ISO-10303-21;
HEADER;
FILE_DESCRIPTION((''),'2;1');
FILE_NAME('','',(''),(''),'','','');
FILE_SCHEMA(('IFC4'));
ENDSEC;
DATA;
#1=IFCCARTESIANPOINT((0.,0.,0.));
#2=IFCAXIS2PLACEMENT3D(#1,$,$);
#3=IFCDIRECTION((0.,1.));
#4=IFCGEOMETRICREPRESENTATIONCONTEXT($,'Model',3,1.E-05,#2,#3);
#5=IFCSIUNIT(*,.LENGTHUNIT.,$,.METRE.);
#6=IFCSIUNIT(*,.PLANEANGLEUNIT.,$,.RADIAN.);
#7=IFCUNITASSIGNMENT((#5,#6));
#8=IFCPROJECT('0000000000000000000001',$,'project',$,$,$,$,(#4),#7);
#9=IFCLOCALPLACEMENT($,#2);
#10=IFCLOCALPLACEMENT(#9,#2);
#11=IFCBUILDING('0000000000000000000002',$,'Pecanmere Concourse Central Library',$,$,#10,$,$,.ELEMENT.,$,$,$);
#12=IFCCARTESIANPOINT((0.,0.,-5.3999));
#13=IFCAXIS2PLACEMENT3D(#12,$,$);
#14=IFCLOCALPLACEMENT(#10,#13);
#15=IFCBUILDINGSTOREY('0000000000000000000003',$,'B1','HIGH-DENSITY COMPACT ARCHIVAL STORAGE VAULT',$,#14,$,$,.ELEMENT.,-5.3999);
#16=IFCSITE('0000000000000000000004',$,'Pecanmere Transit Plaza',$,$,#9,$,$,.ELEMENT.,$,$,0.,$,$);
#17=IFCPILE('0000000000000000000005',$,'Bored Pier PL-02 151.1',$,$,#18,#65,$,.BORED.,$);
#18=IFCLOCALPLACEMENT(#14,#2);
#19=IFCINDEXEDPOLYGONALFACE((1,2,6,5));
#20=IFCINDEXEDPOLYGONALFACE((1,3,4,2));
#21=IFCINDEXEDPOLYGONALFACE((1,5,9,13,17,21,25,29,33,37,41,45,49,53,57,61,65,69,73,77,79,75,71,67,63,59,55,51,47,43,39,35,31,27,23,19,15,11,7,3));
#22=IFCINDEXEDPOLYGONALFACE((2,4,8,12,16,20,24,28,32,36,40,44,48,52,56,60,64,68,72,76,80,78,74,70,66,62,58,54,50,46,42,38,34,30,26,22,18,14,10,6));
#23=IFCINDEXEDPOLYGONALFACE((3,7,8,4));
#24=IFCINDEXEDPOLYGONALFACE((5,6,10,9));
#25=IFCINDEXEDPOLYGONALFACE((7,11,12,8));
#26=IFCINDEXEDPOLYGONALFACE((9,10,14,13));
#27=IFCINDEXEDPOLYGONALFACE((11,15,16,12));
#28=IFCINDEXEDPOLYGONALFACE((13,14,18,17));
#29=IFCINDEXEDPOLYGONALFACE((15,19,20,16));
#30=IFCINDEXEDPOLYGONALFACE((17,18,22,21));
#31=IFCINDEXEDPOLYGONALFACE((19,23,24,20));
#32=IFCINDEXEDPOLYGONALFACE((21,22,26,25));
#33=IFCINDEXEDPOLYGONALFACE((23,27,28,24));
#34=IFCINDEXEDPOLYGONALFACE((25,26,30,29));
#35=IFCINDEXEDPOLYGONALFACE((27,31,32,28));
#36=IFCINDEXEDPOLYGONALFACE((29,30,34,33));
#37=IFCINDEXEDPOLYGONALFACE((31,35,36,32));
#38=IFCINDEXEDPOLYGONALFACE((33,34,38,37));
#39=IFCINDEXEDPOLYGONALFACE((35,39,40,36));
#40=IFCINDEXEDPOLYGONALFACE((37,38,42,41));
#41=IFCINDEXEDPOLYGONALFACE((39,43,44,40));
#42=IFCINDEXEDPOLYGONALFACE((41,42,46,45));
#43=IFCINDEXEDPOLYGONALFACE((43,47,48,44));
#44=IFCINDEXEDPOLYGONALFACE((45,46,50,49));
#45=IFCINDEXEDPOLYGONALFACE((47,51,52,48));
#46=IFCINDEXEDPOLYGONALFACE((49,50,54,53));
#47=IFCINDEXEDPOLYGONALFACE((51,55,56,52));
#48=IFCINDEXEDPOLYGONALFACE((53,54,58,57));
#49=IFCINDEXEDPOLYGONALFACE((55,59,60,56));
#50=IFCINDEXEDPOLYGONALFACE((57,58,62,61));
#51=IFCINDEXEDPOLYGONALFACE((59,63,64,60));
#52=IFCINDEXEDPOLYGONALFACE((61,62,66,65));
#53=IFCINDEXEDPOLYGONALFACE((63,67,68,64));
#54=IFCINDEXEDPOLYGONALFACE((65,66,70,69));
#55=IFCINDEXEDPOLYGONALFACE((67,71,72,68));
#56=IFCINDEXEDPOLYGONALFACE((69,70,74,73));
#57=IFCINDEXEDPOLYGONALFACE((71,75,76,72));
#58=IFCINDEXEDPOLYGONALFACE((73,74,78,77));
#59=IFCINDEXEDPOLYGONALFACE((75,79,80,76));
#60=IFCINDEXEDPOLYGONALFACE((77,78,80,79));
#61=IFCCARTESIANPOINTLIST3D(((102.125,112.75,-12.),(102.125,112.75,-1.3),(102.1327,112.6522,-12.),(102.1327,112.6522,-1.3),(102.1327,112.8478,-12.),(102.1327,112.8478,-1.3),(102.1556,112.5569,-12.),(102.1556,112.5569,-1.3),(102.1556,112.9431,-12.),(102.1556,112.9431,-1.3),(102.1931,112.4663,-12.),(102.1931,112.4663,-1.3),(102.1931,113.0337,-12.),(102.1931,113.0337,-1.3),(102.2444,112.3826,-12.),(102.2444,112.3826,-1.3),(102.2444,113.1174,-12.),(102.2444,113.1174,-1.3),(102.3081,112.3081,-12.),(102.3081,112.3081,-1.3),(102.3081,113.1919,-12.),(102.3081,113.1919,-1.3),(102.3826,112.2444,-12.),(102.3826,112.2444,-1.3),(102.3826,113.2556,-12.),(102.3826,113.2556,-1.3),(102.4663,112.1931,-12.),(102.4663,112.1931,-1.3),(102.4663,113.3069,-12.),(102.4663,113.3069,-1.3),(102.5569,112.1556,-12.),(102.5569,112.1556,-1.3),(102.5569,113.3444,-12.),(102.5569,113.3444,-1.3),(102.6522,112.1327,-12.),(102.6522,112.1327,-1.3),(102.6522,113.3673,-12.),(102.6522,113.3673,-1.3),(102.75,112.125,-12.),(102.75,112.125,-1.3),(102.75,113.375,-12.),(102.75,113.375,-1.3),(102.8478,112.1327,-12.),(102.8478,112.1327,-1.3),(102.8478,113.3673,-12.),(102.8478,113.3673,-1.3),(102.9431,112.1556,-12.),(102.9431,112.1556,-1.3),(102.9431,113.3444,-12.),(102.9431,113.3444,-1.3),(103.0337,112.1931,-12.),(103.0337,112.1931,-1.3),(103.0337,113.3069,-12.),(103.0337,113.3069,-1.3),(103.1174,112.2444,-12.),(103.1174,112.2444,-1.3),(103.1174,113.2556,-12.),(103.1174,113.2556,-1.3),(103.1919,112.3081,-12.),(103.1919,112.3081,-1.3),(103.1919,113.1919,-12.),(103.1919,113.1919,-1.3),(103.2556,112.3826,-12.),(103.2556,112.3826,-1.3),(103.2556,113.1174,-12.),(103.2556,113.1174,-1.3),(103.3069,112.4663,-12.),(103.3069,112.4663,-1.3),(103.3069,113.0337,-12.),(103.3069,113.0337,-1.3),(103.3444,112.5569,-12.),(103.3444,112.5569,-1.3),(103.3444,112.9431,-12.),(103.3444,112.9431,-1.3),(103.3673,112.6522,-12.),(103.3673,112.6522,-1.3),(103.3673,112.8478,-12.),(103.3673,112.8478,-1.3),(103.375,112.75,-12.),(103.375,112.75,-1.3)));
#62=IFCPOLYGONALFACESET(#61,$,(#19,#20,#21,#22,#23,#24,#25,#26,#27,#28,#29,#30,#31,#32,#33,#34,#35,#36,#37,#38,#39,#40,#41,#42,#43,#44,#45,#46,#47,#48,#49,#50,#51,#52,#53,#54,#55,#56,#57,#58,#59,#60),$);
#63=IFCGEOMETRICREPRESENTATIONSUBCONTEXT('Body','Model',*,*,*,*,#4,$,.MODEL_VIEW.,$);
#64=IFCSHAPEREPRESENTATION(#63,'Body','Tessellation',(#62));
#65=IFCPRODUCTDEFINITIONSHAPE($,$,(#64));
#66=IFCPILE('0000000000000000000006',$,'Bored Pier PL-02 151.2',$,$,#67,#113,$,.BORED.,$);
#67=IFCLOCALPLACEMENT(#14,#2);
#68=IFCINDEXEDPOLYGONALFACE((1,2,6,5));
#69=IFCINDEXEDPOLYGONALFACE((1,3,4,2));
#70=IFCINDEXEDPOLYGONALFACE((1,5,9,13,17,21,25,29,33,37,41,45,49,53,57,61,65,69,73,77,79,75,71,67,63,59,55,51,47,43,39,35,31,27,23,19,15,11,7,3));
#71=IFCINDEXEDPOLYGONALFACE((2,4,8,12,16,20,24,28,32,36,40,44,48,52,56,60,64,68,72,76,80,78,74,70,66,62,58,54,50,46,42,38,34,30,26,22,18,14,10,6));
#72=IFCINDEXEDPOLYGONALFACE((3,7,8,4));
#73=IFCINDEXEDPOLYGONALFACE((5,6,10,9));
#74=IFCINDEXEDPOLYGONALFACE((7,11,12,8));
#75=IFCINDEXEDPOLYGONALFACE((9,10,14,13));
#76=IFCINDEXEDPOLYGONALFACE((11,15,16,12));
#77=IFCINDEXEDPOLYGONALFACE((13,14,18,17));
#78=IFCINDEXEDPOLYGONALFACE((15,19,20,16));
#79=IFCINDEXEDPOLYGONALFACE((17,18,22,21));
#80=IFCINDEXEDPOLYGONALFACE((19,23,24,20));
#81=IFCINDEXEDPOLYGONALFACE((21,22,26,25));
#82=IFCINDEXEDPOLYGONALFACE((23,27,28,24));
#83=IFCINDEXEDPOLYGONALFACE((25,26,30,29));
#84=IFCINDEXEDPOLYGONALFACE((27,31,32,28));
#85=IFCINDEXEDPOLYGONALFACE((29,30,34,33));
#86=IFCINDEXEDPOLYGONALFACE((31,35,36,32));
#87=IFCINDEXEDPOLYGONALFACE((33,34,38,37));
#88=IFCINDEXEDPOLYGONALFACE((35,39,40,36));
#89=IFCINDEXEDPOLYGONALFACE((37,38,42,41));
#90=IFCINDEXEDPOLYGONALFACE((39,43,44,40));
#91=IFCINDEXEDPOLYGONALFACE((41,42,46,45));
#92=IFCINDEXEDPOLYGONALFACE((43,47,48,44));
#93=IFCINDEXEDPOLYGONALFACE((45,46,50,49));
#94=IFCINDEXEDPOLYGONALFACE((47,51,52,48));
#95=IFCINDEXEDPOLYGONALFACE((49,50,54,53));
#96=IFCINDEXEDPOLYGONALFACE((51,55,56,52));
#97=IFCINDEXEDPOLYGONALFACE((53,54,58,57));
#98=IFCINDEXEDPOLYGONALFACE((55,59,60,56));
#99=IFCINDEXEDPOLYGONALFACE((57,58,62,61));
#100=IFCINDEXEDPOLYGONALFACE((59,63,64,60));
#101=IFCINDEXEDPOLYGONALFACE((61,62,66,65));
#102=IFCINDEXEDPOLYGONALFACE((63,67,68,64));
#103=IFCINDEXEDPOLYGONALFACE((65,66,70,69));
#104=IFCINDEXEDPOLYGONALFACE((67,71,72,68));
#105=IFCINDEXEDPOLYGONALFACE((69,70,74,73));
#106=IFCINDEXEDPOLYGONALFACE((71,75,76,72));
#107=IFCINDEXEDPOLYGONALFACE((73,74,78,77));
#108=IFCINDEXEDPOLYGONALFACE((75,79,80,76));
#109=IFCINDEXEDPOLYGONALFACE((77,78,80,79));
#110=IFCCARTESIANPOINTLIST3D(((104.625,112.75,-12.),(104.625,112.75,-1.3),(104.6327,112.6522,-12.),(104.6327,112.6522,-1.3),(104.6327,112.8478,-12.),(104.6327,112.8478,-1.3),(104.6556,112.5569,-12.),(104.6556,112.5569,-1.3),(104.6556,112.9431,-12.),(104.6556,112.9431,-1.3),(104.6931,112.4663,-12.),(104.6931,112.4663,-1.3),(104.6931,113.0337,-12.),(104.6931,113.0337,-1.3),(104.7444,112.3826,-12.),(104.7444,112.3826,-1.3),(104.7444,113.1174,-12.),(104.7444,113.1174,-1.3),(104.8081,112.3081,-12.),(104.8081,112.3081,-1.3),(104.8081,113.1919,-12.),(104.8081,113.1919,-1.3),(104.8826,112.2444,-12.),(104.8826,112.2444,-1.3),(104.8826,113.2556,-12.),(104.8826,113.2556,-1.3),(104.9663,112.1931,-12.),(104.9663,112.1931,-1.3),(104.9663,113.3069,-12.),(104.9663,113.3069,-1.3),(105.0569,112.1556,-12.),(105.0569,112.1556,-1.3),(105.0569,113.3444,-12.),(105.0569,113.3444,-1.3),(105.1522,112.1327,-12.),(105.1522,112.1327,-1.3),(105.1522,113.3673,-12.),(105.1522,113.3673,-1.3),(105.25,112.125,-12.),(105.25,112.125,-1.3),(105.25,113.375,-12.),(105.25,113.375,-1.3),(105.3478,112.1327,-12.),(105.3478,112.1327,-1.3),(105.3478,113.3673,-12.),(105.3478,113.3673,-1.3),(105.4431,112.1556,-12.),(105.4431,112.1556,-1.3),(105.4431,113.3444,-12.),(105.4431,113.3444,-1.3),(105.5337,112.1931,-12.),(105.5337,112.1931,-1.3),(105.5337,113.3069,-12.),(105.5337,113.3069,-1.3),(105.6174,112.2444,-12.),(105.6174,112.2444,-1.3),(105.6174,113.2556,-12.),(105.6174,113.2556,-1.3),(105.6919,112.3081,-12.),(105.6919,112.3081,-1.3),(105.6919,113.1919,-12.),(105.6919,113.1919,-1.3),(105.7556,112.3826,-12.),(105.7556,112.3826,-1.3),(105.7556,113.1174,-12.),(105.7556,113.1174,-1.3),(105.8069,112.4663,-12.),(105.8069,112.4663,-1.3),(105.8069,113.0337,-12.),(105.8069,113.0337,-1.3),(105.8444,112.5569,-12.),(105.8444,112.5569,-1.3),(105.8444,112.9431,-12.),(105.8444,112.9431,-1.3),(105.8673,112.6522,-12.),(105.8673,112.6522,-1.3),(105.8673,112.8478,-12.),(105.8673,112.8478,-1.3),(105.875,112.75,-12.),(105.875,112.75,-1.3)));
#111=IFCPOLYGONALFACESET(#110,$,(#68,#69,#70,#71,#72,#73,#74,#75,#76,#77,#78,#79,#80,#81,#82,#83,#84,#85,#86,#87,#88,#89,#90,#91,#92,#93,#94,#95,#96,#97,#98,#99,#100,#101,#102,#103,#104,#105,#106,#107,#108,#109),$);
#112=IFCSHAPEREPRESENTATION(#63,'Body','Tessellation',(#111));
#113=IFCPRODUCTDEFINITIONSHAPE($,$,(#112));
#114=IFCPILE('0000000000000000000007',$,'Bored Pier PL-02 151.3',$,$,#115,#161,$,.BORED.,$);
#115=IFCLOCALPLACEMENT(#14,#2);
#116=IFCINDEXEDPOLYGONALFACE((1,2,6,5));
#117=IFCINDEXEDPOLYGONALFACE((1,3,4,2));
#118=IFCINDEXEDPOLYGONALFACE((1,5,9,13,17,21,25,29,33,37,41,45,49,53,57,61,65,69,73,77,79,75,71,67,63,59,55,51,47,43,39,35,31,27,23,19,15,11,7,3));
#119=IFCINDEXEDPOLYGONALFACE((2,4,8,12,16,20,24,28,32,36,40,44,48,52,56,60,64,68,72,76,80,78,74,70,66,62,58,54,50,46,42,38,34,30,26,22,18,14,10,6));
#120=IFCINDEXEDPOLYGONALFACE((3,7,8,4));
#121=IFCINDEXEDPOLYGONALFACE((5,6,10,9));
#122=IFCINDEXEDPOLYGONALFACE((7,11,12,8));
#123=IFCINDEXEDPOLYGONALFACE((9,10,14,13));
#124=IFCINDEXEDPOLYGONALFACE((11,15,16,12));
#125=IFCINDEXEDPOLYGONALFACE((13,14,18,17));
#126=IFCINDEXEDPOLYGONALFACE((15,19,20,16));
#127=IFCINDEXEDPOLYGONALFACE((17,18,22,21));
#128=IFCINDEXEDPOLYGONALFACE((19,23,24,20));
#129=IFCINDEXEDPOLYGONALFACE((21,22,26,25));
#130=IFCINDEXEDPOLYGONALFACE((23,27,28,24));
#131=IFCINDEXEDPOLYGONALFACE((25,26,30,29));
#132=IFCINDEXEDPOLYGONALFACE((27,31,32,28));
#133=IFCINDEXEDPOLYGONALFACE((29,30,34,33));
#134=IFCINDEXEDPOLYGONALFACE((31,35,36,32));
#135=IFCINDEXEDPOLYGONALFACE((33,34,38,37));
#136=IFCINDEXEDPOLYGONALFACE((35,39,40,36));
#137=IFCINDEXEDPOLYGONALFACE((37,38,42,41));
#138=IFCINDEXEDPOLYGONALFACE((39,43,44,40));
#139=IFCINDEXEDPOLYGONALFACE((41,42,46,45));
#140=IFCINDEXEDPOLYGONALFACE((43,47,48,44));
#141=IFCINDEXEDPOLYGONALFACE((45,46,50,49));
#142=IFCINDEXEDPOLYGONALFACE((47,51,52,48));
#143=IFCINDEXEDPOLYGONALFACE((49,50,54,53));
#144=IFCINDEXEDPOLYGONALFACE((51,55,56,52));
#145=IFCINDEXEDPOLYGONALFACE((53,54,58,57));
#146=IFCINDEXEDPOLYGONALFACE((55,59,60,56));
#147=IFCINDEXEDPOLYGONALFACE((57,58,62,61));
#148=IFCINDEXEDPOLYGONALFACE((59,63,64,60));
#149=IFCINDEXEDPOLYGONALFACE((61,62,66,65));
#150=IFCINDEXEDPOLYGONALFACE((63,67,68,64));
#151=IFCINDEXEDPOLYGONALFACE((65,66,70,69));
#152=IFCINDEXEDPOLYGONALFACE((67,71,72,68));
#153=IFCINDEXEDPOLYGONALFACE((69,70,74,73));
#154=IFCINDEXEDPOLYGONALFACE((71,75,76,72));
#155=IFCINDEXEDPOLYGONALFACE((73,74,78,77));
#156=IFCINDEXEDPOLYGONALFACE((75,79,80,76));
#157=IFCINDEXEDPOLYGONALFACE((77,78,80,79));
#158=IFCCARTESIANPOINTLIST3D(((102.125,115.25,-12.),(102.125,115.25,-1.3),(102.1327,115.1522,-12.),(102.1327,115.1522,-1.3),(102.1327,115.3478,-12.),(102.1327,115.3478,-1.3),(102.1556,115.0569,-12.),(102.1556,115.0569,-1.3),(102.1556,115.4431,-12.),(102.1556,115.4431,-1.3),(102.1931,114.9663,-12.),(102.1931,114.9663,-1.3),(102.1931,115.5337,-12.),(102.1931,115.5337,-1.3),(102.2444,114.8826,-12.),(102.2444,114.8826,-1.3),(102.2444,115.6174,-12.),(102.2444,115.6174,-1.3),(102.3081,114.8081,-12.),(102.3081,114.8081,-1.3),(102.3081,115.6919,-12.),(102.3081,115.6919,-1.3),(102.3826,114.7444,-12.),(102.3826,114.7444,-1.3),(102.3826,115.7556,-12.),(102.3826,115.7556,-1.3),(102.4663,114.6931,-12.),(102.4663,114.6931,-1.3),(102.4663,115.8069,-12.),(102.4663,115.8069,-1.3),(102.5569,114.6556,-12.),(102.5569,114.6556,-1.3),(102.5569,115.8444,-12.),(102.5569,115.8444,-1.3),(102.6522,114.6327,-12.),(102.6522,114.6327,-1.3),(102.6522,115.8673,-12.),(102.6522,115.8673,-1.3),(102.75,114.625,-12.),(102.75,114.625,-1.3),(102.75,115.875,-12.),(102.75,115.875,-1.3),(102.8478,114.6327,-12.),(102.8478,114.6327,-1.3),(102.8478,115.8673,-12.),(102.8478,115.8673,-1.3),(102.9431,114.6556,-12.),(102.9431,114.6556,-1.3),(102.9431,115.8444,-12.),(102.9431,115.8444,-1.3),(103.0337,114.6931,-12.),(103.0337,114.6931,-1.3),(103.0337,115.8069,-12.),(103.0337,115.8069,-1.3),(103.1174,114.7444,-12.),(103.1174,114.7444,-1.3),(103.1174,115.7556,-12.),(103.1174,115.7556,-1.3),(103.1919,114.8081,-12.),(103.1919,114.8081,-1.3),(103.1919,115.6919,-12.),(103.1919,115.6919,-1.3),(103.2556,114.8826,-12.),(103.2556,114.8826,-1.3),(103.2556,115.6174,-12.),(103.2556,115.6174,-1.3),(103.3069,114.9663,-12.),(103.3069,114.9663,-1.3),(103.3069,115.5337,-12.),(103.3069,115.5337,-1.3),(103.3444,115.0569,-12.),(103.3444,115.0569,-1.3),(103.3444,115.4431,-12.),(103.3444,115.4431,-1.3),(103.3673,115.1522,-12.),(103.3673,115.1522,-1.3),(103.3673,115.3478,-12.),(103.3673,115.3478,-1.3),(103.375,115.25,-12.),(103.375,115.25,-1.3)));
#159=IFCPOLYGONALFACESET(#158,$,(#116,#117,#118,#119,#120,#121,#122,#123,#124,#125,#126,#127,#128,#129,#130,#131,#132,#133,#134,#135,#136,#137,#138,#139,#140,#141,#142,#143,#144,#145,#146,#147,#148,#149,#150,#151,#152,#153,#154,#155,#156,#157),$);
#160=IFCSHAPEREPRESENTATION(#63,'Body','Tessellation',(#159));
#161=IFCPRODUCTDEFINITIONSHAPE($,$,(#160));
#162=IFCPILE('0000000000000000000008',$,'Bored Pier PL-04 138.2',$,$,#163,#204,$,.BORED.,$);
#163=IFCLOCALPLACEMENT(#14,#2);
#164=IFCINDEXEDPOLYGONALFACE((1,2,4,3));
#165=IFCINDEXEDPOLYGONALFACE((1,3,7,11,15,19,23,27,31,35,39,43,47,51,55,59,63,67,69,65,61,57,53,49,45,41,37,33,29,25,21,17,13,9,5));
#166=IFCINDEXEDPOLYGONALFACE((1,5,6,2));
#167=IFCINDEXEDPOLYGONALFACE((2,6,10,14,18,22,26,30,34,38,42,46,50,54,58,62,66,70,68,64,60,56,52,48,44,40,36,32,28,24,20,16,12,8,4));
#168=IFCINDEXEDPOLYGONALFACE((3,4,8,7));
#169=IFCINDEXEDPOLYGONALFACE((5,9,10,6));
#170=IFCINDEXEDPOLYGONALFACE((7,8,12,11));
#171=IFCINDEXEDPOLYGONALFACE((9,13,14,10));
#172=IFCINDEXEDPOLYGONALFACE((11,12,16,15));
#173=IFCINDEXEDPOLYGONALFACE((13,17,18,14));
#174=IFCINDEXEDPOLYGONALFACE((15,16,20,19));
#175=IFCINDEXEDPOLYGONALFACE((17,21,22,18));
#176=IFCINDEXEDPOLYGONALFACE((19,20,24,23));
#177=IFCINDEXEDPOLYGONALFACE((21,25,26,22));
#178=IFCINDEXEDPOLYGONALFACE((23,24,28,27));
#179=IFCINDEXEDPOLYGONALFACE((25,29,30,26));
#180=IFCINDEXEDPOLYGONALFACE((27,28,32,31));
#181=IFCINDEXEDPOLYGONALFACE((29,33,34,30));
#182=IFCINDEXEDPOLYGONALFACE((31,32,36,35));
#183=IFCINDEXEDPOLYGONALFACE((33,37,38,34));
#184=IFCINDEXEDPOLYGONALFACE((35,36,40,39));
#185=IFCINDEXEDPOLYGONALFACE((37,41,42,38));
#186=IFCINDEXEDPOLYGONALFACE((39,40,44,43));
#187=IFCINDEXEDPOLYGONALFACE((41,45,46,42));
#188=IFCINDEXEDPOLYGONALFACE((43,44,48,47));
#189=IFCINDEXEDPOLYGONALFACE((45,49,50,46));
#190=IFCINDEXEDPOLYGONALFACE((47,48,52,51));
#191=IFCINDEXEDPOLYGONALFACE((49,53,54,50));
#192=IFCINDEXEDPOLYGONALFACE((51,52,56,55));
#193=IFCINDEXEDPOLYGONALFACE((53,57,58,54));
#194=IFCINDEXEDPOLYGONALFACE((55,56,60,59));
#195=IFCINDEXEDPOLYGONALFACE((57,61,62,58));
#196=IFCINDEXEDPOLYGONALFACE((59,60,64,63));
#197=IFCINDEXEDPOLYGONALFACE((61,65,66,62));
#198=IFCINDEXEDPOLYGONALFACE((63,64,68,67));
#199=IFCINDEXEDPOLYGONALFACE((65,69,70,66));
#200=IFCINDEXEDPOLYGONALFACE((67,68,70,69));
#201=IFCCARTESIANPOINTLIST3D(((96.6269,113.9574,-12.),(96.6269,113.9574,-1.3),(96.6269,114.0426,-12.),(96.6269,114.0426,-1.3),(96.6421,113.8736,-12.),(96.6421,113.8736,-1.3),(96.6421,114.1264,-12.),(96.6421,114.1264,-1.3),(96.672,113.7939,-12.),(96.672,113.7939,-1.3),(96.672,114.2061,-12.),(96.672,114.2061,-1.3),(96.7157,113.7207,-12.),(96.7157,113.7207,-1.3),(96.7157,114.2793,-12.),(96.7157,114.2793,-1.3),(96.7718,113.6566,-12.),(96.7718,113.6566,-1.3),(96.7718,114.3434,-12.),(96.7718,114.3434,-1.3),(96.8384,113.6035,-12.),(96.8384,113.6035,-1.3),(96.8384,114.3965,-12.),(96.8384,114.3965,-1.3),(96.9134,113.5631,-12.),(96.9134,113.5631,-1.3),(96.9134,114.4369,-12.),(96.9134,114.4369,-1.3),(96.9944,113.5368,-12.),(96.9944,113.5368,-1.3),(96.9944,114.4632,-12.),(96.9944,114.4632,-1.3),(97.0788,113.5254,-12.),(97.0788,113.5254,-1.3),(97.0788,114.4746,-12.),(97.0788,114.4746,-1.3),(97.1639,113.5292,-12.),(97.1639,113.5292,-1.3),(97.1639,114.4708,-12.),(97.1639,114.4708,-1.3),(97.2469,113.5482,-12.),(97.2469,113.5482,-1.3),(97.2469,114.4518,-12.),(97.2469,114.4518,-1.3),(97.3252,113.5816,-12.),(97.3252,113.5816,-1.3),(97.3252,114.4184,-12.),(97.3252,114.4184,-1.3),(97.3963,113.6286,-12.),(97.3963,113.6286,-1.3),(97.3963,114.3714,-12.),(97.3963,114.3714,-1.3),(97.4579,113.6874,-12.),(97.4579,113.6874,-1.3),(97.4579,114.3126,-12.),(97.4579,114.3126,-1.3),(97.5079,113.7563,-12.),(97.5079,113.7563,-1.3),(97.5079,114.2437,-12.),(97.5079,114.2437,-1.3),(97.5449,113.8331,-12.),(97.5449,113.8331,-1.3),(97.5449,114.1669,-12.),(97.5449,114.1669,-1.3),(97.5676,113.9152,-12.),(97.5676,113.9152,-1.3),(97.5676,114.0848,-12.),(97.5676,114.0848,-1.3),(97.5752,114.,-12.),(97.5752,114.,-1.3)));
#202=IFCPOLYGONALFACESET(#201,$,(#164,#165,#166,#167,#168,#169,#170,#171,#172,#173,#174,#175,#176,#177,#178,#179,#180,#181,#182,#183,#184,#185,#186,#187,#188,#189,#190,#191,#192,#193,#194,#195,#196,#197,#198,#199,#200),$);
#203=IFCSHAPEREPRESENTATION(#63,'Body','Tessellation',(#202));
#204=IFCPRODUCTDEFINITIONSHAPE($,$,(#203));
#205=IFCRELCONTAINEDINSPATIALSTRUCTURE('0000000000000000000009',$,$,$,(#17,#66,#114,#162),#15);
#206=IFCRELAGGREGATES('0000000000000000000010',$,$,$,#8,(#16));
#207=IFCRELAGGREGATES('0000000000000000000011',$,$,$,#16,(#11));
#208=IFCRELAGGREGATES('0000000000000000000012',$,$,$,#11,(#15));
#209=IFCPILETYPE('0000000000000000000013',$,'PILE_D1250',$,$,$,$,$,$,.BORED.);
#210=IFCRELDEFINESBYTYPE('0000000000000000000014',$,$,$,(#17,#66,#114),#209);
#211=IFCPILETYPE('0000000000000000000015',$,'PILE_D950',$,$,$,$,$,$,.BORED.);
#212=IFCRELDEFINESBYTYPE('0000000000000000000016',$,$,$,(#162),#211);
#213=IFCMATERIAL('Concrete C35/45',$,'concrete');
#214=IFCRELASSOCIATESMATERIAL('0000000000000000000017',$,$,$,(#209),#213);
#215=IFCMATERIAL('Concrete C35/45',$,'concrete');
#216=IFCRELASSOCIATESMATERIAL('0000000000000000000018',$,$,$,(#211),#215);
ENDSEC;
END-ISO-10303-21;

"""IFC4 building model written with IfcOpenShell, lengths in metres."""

from ifc_helpers import new_model, si_unit, direction, frame, origin, origin_2d, place, context, subcontext, project, spatial, circle, extrude, material, material_profile, profile_set, type_object, element, save


model = new_model("IFC4")

# Units and contexts
model_context = context("Model", 3, precision=1e-05, world=origin(), true_north=direction((0.0, 1.0)))
body_context = subcontext(model_context, "Body", "Model", "MODEL_VIEW")
ifc_project = project(units=[si_unit("LENGTHUNIT", "METRE"), si_unit("PLANEANGLEUNIT", "RADIAN")], contexts=[model_context])

# Site, building, storey
site_placement = place(None, origin())
site = spatial("IfcSite", under=ifc_project, at=site_placement, Name="Pecanmere Transit Plaza", CompositionType="ELEMENT", RefElevation=0.0)
building_placement = place(site_placement, origin())
building = spatial("IfcBuilding", under=site, at=building_placement, Name="Pecanmere Concourse Central Library", CompositionType="ELEMENT")
storey_placement = place(building_placement, frame((0.0, 0.0, -5.3999)))
storey = spatial("IfcBuildingStorey", under=building, at=storey_placement, Name="B1", Description="HIGH-DENSITY COMPACT ARCHIVAL STORAGE VAULT", CompositionType="ELEMENT", Elevation=-5.3999)

# Piles
ifc_material_1 = material(Name="Concrete C35/45", Category="concrete")
ifc_material_profile_1 = material_profile(ifc_material_1, circle(Radius=0.625, at=origin_2d()), Name="PIER D1250")
ifc_profile_set_1 = profile_set([ifc_material_profile_1], Name="Concrete C35/45")
pile_type_1 = type_object("IfcPileType", Name="PILE_D1250", PredefinedType="BORED", material=ifc_profile_set_1)
for number, where, z_axis, x_axis, name in (
    (1, (102.75, 112.75, -1.3), (0.0, 0.0, -1.0), (1.0, 0.0, 0.0), "Bored Pier PL-02 151.1"),
    (2, (105.25, 112.75, -1.3), (0.0, 0.0, -1.0), (1.0, 0.0, 0.0), "Bored Pier PL-02 151.2"),
    (3, (102.75, 115.25, -1.3), (0.0, 0.0, -1.0), (1.0, 0.0, 0.0), "Bored Pier PL-02 151.3"),
):
    element("IfcPile", number, at=place(storey_placement, frame(where, z_axis=z_axis, x_axis=x_axis)), inside=storey, type_object=pile_type_1, Name=name, PredefinedType="BORED", context=body_context, shape_type="SweptSolid", body=[
        extrude(circle(Radius=0.625, at=origin_2d()), origin(), (0.0, 0.0, 1.0), 10.7),
    ])
ifc_material_2 = material(Name="Concrete C35/45", Category="concrete")
ifc_material_profile_2 = material_profile(ifc_material_2, circle(Radius=0.4751, at=origin_2d()), Name="PIER D950")
ifc_profile_set_2 = profile_set([ifc_material_profile_2], Name="Concrete C35/45")
pile_type_2 = type_object("IfcPileType", Name="PILE_D950", PredefinedType="BORED", material=ifc_profile_set_2)
pile_placement = place(storey_placement, frame((97.1001, 114.0, -1.3), z_axis=(0.0, 0.0, -1.0), x_axis=(1.0, 0.0, 0.0)))
element("IfcPile", 4, at=pile_placement, inside=storey, type_object=pile_type_2, Name="Bored Pier PL-04 138.2", PredefinedType="BORED", context=body_context, shape_type="SweptSolid", body=[
    extrude(circle(Radius=0.4751, at=origin_2d()), origin(), (0.0, 0.0, 1.0), 10.7),
])

save(model, "model.ifc")
